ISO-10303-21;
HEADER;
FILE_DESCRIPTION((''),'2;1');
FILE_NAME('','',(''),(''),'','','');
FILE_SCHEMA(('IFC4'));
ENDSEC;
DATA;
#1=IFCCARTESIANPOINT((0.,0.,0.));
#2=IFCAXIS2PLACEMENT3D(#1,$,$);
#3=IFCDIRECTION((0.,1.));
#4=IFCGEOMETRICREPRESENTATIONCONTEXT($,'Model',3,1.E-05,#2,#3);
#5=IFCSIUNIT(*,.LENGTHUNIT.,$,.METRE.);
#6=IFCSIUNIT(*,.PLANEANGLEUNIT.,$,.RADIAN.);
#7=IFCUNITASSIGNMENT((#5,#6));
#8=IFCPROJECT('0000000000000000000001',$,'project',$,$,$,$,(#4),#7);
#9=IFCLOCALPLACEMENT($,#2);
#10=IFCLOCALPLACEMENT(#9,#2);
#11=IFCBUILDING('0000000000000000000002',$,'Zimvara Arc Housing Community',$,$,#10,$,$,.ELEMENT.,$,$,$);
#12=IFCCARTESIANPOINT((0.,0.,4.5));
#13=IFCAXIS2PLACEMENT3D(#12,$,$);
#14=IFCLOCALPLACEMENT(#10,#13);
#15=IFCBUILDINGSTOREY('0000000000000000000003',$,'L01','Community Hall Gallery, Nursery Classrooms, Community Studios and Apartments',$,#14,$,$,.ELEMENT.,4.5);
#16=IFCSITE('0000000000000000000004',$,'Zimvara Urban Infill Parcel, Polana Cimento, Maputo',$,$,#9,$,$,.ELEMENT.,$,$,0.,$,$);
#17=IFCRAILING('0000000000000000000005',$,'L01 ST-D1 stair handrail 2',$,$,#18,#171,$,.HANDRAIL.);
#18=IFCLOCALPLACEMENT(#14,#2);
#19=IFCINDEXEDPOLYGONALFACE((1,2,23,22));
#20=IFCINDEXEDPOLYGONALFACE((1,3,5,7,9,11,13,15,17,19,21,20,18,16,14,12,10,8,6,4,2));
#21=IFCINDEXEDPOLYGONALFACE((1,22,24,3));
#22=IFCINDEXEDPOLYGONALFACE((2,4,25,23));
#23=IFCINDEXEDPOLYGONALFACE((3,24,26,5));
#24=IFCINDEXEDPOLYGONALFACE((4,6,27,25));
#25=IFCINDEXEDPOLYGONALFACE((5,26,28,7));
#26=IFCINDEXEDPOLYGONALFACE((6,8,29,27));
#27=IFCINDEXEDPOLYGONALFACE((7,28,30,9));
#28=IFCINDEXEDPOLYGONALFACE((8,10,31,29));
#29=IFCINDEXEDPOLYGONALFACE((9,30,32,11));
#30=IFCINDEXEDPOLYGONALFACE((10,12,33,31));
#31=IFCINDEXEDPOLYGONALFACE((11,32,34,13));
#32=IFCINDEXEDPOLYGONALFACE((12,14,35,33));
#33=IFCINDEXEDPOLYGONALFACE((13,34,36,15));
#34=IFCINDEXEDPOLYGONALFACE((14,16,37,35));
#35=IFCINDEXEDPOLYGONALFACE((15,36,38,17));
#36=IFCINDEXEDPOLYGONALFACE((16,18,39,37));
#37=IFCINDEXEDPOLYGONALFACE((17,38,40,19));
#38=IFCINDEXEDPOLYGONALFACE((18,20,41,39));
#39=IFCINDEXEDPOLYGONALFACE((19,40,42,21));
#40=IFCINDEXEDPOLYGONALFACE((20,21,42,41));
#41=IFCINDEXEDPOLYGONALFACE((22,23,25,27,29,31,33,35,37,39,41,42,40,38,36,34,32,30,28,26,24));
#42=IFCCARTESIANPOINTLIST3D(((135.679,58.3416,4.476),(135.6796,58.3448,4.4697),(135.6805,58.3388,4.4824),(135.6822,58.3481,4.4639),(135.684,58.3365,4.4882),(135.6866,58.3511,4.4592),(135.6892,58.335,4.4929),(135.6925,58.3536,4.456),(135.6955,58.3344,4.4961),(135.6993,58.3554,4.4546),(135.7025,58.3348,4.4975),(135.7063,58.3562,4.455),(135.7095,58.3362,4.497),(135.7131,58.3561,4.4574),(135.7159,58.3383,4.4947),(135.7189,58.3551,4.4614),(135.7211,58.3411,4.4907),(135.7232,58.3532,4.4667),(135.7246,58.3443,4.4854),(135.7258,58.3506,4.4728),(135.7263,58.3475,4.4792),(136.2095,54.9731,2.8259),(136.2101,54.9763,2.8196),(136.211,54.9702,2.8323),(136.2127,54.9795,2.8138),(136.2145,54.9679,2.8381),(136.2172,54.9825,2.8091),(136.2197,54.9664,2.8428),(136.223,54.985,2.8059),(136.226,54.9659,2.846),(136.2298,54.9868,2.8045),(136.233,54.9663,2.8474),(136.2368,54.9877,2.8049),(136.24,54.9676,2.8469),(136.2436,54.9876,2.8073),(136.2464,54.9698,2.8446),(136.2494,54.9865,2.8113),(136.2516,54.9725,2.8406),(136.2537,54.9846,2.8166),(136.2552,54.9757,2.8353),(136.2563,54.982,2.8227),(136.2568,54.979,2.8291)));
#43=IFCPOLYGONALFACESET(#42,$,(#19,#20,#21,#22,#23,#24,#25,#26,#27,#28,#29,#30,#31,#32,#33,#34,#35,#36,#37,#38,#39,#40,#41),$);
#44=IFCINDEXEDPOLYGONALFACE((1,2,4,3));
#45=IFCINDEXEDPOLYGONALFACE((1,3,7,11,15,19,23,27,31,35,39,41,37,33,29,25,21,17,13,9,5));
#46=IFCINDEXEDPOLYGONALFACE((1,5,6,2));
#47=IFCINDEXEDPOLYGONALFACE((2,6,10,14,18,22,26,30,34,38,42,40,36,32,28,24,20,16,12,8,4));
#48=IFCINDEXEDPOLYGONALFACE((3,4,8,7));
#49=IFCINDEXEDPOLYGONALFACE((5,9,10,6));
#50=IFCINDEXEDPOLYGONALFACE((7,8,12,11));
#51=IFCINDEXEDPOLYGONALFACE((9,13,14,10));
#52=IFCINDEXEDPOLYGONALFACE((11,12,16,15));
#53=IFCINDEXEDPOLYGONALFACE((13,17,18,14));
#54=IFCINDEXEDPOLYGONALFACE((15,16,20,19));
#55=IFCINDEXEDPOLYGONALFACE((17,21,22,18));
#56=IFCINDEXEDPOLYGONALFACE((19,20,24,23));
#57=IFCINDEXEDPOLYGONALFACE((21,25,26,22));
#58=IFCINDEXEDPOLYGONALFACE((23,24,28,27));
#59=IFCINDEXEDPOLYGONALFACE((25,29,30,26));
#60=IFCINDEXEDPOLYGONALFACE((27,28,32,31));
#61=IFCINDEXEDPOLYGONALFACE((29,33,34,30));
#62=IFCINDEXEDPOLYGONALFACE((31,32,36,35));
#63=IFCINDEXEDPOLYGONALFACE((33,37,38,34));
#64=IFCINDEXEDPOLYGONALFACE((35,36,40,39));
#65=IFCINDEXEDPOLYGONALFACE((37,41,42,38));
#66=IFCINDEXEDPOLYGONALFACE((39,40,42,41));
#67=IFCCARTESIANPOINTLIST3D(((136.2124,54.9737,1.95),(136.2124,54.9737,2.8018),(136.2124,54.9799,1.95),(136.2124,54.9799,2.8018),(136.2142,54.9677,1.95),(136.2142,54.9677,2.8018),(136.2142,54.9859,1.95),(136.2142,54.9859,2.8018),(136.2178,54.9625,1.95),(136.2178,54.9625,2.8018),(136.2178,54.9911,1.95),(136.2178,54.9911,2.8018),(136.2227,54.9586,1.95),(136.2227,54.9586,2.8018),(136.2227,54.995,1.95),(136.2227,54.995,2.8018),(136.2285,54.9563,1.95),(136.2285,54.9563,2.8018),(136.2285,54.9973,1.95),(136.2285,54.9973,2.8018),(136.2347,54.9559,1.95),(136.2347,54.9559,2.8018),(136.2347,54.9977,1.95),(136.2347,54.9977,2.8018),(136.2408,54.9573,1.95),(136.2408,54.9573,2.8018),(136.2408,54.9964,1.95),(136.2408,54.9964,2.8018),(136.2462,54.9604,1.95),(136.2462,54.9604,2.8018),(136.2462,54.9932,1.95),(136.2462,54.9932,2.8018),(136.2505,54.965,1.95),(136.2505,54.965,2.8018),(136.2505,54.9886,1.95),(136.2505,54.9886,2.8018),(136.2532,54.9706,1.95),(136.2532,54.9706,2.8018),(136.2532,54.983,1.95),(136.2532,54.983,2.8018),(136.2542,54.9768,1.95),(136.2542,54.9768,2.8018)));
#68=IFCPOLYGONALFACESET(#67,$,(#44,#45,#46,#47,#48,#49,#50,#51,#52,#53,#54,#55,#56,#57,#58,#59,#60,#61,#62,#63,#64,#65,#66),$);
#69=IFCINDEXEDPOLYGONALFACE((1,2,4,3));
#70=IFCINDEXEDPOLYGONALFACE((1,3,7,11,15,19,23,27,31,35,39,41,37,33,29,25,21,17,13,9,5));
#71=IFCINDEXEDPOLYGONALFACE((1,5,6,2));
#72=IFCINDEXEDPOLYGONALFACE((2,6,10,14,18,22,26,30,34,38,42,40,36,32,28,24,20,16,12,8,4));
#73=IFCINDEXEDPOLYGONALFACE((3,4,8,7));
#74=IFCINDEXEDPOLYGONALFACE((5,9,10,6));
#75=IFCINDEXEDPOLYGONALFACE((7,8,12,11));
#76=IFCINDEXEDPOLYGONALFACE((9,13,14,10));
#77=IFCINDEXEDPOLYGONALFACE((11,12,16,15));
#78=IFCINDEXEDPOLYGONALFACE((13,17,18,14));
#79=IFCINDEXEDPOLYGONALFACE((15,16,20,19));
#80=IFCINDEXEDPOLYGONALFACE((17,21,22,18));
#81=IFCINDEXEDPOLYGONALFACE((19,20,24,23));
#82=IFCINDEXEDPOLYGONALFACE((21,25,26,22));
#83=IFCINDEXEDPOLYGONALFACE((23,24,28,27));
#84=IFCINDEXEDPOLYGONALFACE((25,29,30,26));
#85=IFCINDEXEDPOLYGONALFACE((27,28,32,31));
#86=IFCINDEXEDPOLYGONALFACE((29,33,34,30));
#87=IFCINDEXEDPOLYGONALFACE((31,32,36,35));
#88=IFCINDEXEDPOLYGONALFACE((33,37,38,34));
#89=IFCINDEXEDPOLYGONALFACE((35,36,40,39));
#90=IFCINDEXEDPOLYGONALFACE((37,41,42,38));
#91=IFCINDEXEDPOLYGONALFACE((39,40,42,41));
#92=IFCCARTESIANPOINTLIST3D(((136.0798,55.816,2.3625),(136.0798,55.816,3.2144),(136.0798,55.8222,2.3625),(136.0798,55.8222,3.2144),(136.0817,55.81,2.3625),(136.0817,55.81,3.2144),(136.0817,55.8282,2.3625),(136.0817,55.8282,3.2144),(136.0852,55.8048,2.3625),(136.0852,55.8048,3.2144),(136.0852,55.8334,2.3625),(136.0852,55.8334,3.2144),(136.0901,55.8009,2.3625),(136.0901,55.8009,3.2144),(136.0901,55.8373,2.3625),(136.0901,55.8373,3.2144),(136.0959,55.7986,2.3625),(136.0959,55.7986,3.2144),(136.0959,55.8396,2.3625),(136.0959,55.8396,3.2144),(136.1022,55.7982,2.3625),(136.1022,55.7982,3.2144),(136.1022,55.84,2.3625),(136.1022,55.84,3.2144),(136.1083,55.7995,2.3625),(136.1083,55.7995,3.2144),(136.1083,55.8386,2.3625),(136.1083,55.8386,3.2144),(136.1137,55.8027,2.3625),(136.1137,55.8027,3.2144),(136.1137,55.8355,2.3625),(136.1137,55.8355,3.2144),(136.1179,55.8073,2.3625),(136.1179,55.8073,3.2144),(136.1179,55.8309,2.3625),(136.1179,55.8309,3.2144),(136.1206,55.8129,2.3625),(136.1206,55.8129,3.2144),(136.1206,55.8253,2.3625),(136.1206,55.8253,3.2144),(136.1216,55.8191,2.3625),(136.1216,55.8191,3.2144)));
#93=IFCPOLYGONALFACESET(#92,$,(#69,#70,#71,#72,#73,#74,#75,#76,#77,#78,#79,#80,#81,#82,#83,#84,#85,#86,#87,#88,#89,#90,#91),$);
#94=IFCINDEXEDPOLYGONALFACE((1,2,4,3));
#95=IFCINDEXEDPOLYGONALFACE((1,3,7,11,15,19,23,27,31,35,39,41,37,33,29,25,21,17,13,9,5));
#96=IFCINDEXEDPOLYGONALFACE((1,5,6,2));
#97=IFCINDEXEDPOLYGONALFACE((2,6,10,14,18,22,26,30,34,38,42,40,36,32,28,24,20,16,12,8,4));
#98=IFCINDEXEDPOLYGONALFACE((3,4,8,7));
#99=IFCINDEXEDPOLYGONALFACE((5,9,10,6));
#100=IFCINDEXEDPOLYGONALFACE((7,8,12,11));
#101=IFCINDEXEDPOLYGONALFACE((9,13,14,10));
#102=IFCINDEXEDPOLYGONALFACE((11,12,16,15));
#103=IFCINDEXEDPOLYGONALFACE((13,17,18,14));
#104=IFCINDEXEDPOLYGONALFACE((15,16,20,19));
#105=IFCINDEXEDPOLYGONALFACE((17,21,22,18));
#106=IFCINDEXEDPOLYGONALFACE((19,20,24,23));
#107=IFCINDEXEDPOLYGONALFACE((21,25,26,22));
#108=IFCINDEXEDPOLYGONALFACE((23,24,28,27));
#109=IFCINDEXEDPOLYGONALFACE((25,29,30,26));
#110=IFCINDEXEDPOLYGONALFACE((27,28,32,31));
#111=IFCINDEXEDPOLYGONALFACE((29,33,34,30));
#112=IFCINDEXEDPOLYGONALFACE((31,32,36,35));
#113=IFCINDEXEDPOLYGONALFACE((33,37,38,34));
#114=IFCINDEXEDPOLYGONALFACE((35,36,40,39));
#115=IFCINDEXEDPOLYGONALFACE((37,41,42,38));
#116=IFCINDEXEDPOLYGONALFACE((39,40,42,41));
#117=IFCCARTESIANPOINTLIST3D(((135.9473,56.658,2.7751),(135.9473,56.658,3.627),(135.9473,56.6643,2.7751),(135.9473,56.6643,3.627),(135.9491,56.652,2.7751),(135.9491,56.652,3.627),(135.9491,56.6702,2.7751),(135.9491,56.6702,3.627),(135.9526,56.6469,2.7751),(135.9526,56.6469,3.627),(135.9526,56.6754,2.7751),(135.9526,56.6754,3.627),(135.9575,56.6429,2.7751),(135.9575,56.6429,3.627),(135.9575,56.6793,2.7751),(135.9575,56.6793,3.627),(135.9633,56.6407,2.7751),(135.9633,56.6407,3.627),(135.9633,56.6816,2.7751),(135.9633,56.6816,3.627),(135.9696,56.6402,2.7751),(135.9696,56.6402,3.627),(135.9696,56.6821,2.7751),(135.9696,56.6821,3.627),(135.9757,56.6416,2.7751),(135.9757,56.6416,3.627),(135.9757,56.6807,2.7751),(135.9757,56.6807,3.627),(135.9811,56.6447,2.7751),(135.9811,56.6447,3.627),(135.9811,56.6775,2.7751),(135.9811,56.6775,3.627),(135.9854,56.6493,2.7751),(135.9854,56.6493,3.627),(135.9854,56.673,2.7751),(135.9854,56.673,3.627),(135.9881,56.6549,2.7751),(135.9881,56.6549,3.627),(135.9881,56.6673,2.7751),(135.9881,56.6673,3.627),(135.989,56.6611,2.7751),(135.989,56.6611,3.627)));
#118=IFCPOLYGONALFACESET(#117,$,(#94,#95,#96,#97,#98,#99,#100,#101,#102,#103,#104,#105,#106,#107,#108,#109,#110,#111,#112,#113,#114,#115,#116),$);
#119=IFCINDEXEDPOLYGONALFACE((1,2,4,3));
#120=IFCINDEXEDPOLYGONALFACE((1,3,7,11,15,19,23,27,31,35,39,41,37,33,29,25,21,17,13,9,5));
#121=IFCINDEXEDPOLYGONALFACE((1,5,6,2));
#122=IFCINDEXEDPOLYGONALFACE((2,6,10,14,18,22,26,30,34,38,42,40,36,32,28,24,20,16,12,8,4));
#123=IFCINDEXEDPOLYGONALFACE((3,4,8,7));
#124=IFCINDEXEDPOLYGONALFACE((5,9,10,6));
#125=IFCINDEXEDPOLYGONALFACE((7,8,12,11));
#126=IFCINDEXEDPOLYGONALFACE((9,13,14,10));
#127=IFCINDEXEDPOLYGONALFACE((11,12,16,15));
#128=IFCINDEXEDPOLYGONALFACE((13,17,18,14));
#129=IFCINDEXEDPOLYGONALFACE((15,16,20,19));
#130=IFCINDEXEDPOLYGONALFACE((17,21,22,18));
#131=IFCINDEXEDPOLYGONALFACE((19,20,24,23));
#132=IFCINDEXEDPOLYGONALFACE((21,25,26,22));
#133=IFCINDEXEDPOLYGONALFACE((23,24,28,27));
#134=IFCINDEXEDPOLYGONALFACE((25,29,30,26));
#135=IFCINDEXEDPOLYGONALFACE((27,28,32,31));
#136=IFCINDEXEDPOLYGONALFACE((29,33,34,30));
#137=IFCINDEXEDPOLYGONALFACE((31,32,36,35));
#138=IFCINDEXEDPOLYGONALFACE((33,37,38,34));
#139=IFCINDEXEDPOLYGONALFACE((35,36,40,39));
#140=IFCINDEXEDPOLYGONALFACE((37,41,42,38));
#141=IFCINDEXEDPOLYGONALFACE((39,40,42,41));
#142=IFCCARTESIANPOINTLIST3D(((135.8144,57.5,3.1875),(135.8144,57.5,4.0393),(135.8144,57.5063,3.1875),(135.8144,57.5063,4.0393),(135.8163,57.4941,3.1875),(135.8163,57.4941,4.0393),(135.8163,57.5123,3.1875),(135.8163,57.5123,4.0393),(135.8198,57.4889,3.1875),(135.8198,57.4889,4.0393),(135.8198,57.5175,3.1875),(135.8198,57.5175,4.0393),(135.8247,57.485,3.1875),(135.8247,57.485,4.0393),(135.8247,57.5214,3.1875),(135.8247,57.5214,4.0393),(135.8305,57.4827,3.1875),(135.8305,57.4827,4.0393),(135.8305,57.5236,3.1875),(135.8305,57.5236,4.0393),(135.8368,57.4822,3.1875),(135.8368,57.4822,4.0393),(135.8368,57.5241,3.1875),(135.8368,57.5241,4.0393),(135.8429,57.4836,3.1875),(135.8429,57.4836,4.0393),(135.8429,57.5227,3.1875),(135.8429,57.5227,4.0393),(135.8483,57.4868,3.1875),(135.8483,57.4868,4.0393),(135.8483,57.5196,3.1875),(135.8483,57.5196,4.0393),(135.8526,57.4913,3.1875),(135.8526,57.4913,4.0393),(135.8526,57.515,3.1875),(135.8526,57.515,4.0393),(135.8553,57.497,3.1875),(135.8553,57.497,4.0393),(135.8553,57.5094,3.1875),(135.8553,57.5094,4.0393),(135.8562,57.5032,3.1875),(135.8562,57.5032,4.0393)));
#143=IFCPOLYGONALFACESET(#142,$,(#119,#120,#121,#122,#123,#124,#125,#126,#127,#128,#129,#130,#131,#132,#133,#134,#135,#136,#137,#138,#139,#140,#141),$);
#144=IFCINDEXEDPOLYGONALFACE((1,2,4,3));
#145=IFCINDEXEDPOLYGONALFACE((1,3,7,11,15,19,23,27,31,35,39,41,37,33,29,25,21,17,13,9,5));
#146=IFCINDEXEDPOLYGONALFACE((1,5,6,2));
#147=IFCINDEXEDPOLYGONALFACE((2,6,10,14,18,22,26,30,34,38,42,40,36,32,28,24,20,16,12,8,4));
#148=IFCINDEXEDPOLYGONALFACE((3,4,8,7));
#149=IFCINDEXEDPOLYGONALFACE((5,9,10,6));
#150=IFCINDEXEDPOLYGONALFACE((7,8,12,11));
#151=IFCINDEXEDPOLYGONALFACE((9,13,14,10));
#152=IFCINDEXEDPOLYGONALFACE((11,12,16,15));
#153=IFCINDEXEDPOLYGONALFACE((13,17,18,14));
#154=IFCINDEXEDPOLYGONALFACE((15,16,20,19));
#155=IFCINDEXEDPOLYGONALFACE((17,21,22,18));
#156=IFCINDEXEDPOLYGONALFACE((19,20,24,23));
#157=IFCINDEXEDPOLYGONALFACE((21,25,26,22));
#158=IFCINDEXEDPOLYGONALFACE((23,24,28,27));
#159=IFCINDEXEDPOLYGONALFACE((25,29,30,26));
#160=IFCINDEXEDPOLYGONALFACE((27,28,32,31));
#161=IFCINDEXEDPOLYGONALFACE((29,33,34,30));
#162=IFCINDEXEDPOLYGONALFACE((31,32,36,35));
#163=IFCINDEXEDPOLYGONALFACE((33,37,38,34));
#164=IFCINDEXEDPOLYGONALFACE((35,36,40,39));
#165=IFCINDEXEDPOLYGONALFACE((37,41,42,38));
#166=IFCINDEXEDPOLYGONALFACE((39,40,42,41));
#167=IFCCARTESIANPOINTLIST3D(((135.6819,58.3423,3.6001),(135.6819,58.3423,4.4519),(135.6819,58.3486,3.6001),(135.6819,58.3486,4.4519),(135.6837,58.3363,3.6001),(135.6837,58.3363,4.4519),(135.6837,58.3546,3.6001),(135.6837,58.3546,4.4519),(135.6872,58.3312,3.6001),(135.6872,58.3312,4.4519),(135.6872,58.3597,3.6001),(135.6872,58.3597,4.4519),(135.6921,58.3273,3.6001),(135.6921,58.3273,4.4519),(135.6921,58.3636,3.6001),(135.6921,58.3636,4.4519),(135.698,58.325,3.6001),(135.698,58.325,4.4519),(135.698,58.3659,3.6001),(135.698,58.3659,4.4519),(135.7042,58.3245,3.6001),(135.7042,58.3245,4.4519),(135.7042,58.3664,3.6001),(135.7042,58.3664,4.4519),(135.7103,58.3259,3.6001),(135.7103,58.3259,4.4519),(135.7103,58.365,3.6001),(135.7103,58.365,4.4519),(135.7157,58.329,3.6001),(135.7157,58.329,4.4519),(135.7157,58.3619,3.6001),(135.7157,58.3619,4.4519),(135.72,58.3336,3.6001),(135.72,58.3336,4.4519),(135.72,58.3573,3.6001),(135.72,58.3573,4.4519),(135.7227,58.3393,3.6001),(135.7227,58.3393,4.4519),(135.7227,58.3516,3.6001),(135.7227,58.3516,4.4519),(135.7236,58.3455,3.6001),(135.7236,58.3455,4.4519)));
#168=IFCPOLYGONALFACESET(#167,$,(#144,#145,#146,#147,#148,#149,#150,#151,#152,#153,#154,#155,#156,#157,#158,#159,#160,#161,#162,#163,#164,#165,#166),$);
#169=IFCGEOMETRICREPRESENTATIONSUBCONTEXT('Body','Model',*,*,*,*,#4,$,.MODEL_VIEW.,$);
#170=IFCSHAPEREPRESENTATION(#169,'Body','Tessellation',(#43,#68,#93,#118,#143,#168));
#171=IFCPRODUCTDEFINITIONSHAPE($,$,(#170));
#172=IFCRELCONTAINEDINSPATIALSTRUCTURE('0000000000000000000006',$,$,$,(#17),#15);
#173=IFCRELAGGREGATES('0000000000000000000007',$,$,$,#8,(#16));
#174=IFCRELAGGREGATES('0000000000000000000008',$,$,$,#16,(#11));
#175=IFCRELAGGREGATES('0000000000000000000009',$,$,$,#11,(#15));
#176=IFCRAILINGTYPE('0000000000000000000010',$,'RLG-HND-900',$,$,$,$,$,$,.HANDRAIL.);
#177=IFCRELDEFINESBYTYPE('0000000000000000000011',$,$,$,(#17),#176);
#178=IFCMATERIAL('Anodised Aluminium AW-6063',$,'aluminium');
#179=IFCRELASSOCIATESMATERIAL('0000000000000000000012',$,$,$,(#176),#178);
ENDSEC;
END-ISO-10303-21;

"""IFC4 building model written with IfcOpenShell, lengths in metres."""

from ifc_helpers import new_model, si_unit, direction, frame, origin, origin_2d, place, context, subcontext, project, spatial, circle, extrude, material, type_object, element, save


model = new_model("IFC4")

# Units and contexts
model_context = context("Model", 3, precision=1e-05, world=origin(), true_north=direction((0.0, 1.0)))
body_context = subcontext(model_context, "Body", "Model", "MODEL_VIEW")
ifc_project = project(units=[si_unit("LENGTHUNIT", "METRE"), si_unit("PLANEANGLEUNIT", "RADIAN")], contexts=[model_context])

# Site, building, storey
site_placement = place(None, origin())
site = spatial("IfcSite", under=ifc_project, at=site_placement, Name="Zimvara Urban Infill Parcel, Polana Cimento, Maputo", CompositionType="ELEMENT", RefElevation=0.0)
building_placement = place(site_placement, origin())
building = spatial("IfcBuilding", under=site, at=building_placement, Name="Zimvara Arc Housing Community", CompositionType="ELEMENT")
storey_placement = place(building_placement, frame((0.0, 0.0, 4.5)))
storey = spatial("IfcBuildingStorey", under=building, at=storey_placement, Name="L01", Description="Community Hall Gallery, Nursery Classrooms, Community Studios and Apartments", CompositionType="ELEMENT", Elevation=4.5)

# Railing
ifc_material_1 = material(Name="Anodised Aluminium AW-6063", Category="aluminium")
railing_type_1 = type_object("IfcRailingType", Name="RLG-HND-900", PredefinedType="HANDRAIL", material=ifc_material_1)
railing_1_placement = place(storey_placement, frame((136.2332, 54.9768, 1.95)))
element("IfcRailing", 1, at=railing_1_placement, inside=storey, type_object=railing_type_1, Name="L01 ST-D1 stair handrail 2", PredefinedType="HANDRAIL", context=body_context, shape_type="SweptSolid", body=[
    extrude(circle(Radius=0.0239, at=origin_2d()), frame((0.0, 0.0, 0.876), z_axis=(-0.140036, 0.889193, 0.435575), x_axis=(-0.987825, -0.155569, 0.0)), (0.0, 0.0, 1.0), 3.7883),
    extrude(circle(Radius=0.021, at=origin_2d()), origin(), (0.0, 0.0, 1.0), 0.8518),
    extrude(circle(Radius=0.021, at=origin_2d()), frame((-0.1326, 0.8423, 0.4126)), (0.0, 0.0, 1.0), 0.8518),
    extrude(circle(Radius=0.021, at=origin_2d()), frame((-0.2651, 1.6843, 0.8252)), (0.0, 0.0, 1.0), 0.8518),
    extrude(circle(Radius=0.021, at=origin_2d()), frame((-0.3979, 2.5264, 1.2375)), (0.0, 0.0, 1.0), 0.8518),
    extrude(circle(Radius=0.021, at=origin_2d()), frame((-0.5305, 3.3687, 1.6501)), (0.0, 0.0, 1.0), 0.8518),
])

save(model, "model.ifc")
